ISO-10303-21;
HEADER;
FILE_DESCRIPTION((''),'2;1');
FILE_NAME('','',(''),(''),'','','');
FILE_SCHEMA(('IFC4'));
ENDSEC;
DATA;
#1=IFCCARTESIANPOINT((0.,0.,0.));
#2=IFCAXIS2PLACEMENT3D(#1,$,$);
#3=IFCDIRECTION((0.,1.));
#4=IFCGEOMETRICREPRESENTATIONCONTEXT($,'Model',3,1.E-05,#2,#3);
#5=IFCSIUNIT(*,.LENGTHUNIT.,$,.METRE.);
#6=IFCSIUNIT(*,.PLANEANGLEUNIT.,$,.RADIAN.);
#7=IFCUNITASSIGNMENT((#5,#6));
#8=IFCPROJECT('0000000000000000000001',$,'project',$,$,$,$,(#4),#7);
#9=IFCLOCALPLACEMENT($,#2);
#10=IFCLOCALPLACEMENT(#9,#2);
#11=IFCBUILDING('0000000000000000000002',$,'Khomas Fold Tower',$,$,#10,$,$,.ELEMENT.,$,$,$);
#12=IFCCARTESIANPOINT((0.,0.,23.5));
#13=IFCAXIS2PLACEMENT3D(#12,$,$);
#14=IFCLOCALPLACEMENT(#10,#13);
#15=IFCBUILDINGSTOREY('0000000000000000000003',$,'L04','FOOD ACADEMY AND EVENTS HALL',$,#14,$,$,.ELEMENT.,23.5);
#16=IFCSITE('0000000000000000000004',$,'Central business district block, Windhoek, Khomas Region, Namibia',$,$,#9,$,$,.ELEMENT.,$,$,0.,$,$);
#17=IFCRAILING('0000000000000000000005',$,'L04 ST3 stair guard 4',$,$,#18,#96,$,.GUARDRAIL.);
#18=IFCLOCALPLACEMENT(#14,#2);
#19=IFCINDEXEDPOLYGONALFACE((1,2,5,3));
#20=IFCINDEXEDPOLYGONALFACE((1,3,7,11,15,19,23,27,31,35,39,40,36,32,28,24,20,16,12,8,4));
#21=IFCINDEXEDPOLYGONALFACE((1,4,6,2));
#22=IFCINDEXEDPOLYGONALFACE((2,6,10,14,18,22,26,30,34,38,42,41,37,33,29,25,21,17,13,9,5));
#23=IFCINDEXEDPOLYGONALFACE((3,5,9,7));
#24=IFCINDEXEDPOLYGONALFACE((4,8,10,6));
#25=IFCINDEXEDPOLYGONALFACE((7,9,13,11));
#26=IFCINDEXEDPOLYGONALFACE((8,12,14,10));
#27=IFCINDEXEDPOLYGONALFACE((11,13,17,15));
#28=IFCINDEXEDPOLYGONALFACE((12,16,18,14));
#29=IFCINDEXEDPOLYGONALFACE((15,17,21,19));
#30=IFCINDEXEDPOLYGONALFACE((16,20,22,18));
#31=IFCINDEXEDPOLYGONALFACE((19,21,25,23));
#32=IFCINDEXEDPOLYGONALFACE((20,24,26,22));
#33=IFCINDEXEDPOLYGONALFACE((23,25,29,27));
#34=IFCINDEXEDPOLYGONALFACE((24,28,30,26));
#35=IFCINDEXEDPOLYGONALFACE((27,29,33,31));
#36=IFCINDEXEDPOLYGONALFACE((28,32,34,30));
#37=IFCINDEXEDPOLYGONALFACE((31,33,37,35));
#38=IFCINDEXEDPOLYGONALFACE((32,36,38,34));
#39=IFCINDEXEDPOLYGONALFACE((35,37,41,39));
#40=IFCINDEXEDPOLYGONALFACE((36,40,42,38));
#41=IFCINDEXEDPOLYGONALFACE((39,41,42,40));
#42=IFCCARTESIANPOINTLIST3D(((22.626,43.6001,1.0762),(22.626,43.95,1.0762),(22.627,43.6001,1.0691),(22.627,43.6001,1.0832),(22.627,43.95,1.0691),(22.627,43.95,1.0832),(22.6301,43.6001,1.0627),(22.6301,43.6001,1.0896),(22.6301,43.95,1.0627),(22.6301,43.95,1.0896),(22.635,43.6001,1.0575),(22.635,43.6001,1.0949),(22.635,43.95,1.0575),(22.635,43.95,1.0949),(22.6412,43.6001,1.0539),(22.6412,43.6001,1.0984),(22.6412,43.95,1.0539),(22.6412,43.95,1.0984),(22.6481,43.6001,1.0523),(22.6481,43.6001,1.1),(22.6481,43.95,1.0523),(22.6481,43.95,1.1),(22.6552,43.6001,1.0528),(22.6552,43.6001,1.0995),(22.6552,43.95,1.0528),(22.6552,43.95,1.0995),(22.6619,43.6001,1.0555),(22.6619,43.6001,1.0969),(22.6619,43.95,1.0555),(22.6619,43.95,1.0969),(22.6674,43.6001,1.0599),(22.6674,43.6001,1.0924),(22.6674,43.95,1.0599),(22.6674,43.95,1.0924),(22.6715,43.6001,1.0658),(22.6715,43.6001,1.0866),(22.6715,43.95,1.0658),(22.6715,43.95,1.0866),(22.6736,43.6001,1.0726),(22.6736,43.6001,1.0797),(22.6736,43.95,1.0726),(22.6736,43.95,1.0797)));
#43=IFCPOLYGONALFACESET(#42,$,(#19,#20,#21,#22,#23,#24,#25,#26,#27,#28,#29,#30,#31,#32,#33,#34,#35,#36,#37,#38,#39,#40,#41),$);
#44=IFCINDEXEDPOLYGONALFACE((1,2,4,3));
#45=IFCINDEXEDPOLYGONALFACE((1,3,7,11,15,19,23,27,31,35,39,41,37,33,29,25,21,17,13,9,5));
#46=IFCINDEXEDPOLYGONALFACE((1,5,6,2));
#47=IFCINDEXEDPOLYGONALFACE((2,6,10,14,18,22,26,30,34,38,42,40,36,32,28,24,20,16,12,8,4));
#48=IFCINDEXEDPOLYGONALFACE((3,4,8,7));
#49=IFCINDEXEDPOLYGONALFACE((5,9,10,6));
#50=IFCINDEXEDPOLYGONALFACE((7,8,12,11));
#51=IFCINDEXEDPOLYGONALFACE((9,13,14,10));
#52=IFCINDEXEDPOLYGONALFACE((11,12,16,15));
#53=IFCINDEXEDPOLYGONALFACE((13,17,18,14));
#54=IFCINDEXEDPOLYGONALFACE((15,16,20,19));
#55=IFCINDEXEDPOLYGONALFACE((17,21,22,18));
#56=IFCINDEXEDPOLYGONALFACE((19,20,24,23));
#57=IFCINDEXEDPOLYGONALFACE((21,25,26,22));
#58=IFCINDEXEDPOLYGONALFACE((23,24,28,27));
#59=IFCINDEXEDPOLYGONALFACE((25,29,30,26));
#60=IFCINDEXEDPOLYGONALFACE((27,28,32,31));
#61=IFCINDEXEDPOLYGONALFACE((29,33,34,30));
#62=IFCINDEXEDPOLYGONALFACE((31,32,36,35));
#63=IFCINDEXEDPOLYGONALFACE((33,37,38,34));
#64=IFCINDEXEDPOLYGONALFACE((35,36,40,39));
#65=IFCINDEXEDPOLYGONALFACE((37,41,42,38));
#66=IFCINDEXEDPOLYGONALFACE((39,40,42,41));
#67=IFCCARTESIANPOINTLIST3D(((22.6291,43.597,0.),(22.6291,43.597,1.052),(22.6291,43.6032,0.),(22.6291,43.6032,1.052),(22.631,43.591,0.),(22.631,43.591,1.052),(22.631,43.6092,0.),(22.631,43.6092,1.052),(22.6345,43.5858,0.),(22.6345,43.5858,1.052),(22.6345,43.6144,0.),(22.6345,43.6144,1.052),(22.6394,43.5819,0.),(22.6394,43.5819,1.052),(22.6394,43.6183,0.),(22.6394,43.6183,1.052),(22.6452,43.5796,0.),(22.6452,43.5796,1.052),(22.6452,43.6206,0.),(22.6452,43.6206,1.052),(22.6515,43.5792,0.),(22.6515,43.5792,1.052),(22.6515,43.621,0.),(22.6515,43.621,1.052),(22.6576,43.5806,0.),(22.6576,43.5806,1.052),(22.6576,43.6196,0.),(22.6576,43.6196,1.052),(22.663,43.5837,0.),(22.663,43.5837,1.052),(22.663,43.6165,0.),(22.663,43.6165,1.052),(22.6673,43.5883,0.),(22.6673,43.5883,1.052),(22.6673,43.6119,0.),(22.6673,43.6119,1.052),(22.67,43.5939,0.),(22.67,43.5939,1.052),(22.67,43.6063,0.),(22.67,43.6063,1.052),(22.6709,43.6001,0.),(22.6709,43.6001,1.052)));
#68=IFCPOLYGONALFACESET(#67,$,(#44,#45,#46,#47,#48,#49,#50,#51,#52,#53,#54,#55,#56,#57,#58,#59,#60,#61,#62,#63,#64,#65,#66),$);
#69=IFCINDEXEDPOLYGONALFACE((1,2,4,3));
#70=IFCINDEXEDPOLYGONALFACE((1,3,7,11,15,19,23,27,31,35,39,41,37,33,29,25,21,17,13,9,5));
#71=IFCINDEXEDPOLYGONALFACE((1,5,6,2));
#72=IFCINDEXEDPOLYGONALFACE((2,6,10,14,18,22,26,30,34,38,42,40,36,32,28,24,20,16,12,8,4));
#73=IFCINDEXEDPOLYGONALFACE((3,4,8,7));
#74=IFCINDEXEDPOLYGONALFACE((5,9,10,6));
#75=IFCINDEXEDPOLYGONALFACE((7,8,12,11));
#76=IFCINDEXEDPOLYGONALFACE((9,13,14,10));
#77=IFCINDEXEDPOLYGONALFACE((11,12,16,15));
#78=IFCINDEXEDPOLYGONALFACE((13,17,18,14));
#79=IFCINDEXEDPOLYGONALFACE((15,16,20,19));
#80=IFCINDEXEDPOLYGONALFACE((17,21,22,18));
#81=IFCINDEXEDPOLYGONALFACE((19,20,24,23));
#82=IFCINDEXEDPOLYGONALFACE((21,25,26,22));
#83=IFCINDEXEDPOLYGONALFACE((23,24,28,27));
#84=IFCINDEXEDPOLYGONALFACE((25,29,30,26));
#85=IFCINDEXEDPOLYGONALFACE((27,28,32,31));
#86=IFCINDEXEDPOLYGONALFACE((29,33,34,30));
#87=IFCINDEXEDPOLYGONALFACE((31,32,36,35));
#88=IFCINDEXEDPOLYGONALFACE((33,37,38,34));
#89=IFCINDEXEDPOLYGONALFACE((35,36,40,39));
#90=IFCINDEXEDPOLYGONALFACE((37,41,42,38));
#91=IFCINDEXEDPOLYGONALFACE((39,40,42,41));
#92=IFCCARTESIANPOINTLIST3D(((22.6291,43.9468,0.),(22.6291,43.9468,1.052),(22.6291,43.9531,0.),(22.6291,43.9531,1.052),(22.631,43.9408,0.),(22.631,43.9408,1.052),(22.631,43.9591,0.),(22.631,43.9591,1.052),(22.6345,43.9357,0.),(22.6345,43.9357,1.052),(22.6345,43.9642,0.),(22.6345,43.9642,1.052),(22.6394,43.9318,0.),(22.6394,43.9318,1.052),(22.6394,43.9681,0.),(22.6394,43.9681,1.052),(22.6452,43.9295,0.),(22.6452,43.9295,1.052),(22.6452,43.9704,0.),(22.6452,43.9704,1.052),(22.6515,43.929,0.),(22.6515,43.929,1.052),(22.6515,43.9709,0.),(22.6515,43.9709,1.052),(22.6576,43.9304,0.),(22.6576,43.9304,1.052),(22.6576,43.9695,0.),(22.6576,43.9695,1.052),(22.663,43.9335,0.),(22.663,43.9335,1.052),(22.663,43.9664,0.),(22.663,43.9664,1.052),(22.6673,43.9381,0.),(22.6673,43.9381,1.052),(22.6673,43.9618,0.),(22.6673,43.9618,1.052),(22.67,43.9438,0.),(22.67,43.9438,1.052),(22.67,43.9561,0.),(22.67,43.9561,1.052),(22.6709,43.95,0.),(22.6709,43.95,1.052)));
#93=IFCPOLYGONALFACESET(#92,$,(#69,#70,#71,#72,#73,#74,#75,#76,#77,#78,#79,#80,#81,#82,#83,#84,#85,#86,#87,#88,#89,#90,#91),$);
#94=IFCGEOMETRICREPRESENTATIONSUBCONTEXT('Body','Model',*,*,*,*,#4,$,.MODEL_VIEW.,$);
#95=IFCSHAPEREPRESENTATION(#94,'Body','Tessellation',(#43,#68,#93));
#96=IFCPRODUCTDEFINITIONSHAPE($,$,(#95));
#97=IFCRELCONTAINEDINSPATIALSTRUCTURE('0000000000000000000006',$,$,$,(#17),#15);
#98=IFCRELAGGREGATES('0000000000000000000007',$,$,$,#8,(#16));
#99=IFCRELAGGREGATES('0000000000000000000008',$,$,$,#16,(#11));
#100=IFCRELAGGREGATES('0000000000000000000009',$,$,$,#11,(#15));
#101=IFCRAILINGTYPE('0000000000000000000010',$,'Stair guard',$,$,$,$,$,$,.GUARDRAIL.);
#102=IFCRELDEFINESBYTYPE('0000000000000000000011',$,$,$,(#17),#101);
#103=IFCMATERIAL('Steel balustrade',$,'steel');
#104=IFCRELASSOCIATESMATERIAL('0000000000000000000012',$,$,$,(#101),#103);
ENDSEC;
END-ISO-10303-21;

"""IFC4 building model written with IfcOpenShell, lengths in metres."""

from ifc_helpers import new_model, si_unit, direction, frame, origin, origin_2d, place, context, subcontext, project, spatial, circle, extrude, source, transform, mapped, material, type_object, element, save


model = new_model("IFC4")

# Units and contexts
model_context = context("Model", 3, precision=1e-05, world=origin(), true_north=direction((0.0, 1.0)))
body_context = subcontext(model_context, "Body", "Model", "MODEL_VIEW")
ifc_project = project(units=[si_unit("LENGTHUNIT", "METRE"), si_unit("PLANEANGLEUNIT", "RADIAN")], contexts=[model_context])

# Site, building, storey
site_placement = place(None, origin())
site = spatial("IfcSite", under=ifc_project, at=site_placement, Name="Central business district block, Windhoek, Khomas Region, Namibia", CompositionType="ELEMENT", RefElevation=0.0)
building_placement = place(site_placement, origin())
building = spatial("IfcBuilding", under=site, at=building_placement, Name="Khomas Fold Tower", CompositionType="ELEMENT")
storey_placement = place(building_placement, frame((0.0, 0.0, 23.5)))
storey = spatial("IfcBuildingStorey", under=building, at=storey_placement, Name="L04", Description="FOOD ACADEMY AND EVENTS HALL", CompositionType="ELEMENT", Elevation=23.5)

# Railing
ifc_material_1 = material(Name="Steel balustrade", Category="steel")
railing_type_1 = type_object("IfcRailingType", Name="Stair guard", PredefinedType="GUARDRAIL", material=ifc_material_1)
shared_shape_1 = source(origin(), body_context, "Body", "SweptSolid", [
    extrude(circle(Radius=0.0239, at=origin_2d()), frame((0.0, 0.0, 1.0762), z_axis=(0.0, 1.0, 0.0), x_axis=(-1.0, 0.0, 0.0)), (0.0, 0.0, 1.0), 0.3499),
    extrude(circle(Radius=0.021, at=origin_2d()), origin(), (0.0, 0.0, 1.0), 1.052),
    extrude(circle(Radius=0.021, at=origin_2d()), frame((0.0, 0.3499, 0.0)), (0.0, 0.0, 1.0), 1.052),
])
for number, where, name in (
    (1, (22.6499, 43.6001, 0.0), "L04 ST3 stair guard 4"),
):
    element("IfcRailing", number, at=place(storey_placement, frame(where)), inside=storey, type_object=railing_type_1, Name=name, PredefinedType="GUARDRAIL", context=body_context, shape_type="MappedRepresentation", body=[
        mapped(shared_shape_1, transform((0.0, 0.0, 0.0))),
    ])

save(model, "model.ifc")
